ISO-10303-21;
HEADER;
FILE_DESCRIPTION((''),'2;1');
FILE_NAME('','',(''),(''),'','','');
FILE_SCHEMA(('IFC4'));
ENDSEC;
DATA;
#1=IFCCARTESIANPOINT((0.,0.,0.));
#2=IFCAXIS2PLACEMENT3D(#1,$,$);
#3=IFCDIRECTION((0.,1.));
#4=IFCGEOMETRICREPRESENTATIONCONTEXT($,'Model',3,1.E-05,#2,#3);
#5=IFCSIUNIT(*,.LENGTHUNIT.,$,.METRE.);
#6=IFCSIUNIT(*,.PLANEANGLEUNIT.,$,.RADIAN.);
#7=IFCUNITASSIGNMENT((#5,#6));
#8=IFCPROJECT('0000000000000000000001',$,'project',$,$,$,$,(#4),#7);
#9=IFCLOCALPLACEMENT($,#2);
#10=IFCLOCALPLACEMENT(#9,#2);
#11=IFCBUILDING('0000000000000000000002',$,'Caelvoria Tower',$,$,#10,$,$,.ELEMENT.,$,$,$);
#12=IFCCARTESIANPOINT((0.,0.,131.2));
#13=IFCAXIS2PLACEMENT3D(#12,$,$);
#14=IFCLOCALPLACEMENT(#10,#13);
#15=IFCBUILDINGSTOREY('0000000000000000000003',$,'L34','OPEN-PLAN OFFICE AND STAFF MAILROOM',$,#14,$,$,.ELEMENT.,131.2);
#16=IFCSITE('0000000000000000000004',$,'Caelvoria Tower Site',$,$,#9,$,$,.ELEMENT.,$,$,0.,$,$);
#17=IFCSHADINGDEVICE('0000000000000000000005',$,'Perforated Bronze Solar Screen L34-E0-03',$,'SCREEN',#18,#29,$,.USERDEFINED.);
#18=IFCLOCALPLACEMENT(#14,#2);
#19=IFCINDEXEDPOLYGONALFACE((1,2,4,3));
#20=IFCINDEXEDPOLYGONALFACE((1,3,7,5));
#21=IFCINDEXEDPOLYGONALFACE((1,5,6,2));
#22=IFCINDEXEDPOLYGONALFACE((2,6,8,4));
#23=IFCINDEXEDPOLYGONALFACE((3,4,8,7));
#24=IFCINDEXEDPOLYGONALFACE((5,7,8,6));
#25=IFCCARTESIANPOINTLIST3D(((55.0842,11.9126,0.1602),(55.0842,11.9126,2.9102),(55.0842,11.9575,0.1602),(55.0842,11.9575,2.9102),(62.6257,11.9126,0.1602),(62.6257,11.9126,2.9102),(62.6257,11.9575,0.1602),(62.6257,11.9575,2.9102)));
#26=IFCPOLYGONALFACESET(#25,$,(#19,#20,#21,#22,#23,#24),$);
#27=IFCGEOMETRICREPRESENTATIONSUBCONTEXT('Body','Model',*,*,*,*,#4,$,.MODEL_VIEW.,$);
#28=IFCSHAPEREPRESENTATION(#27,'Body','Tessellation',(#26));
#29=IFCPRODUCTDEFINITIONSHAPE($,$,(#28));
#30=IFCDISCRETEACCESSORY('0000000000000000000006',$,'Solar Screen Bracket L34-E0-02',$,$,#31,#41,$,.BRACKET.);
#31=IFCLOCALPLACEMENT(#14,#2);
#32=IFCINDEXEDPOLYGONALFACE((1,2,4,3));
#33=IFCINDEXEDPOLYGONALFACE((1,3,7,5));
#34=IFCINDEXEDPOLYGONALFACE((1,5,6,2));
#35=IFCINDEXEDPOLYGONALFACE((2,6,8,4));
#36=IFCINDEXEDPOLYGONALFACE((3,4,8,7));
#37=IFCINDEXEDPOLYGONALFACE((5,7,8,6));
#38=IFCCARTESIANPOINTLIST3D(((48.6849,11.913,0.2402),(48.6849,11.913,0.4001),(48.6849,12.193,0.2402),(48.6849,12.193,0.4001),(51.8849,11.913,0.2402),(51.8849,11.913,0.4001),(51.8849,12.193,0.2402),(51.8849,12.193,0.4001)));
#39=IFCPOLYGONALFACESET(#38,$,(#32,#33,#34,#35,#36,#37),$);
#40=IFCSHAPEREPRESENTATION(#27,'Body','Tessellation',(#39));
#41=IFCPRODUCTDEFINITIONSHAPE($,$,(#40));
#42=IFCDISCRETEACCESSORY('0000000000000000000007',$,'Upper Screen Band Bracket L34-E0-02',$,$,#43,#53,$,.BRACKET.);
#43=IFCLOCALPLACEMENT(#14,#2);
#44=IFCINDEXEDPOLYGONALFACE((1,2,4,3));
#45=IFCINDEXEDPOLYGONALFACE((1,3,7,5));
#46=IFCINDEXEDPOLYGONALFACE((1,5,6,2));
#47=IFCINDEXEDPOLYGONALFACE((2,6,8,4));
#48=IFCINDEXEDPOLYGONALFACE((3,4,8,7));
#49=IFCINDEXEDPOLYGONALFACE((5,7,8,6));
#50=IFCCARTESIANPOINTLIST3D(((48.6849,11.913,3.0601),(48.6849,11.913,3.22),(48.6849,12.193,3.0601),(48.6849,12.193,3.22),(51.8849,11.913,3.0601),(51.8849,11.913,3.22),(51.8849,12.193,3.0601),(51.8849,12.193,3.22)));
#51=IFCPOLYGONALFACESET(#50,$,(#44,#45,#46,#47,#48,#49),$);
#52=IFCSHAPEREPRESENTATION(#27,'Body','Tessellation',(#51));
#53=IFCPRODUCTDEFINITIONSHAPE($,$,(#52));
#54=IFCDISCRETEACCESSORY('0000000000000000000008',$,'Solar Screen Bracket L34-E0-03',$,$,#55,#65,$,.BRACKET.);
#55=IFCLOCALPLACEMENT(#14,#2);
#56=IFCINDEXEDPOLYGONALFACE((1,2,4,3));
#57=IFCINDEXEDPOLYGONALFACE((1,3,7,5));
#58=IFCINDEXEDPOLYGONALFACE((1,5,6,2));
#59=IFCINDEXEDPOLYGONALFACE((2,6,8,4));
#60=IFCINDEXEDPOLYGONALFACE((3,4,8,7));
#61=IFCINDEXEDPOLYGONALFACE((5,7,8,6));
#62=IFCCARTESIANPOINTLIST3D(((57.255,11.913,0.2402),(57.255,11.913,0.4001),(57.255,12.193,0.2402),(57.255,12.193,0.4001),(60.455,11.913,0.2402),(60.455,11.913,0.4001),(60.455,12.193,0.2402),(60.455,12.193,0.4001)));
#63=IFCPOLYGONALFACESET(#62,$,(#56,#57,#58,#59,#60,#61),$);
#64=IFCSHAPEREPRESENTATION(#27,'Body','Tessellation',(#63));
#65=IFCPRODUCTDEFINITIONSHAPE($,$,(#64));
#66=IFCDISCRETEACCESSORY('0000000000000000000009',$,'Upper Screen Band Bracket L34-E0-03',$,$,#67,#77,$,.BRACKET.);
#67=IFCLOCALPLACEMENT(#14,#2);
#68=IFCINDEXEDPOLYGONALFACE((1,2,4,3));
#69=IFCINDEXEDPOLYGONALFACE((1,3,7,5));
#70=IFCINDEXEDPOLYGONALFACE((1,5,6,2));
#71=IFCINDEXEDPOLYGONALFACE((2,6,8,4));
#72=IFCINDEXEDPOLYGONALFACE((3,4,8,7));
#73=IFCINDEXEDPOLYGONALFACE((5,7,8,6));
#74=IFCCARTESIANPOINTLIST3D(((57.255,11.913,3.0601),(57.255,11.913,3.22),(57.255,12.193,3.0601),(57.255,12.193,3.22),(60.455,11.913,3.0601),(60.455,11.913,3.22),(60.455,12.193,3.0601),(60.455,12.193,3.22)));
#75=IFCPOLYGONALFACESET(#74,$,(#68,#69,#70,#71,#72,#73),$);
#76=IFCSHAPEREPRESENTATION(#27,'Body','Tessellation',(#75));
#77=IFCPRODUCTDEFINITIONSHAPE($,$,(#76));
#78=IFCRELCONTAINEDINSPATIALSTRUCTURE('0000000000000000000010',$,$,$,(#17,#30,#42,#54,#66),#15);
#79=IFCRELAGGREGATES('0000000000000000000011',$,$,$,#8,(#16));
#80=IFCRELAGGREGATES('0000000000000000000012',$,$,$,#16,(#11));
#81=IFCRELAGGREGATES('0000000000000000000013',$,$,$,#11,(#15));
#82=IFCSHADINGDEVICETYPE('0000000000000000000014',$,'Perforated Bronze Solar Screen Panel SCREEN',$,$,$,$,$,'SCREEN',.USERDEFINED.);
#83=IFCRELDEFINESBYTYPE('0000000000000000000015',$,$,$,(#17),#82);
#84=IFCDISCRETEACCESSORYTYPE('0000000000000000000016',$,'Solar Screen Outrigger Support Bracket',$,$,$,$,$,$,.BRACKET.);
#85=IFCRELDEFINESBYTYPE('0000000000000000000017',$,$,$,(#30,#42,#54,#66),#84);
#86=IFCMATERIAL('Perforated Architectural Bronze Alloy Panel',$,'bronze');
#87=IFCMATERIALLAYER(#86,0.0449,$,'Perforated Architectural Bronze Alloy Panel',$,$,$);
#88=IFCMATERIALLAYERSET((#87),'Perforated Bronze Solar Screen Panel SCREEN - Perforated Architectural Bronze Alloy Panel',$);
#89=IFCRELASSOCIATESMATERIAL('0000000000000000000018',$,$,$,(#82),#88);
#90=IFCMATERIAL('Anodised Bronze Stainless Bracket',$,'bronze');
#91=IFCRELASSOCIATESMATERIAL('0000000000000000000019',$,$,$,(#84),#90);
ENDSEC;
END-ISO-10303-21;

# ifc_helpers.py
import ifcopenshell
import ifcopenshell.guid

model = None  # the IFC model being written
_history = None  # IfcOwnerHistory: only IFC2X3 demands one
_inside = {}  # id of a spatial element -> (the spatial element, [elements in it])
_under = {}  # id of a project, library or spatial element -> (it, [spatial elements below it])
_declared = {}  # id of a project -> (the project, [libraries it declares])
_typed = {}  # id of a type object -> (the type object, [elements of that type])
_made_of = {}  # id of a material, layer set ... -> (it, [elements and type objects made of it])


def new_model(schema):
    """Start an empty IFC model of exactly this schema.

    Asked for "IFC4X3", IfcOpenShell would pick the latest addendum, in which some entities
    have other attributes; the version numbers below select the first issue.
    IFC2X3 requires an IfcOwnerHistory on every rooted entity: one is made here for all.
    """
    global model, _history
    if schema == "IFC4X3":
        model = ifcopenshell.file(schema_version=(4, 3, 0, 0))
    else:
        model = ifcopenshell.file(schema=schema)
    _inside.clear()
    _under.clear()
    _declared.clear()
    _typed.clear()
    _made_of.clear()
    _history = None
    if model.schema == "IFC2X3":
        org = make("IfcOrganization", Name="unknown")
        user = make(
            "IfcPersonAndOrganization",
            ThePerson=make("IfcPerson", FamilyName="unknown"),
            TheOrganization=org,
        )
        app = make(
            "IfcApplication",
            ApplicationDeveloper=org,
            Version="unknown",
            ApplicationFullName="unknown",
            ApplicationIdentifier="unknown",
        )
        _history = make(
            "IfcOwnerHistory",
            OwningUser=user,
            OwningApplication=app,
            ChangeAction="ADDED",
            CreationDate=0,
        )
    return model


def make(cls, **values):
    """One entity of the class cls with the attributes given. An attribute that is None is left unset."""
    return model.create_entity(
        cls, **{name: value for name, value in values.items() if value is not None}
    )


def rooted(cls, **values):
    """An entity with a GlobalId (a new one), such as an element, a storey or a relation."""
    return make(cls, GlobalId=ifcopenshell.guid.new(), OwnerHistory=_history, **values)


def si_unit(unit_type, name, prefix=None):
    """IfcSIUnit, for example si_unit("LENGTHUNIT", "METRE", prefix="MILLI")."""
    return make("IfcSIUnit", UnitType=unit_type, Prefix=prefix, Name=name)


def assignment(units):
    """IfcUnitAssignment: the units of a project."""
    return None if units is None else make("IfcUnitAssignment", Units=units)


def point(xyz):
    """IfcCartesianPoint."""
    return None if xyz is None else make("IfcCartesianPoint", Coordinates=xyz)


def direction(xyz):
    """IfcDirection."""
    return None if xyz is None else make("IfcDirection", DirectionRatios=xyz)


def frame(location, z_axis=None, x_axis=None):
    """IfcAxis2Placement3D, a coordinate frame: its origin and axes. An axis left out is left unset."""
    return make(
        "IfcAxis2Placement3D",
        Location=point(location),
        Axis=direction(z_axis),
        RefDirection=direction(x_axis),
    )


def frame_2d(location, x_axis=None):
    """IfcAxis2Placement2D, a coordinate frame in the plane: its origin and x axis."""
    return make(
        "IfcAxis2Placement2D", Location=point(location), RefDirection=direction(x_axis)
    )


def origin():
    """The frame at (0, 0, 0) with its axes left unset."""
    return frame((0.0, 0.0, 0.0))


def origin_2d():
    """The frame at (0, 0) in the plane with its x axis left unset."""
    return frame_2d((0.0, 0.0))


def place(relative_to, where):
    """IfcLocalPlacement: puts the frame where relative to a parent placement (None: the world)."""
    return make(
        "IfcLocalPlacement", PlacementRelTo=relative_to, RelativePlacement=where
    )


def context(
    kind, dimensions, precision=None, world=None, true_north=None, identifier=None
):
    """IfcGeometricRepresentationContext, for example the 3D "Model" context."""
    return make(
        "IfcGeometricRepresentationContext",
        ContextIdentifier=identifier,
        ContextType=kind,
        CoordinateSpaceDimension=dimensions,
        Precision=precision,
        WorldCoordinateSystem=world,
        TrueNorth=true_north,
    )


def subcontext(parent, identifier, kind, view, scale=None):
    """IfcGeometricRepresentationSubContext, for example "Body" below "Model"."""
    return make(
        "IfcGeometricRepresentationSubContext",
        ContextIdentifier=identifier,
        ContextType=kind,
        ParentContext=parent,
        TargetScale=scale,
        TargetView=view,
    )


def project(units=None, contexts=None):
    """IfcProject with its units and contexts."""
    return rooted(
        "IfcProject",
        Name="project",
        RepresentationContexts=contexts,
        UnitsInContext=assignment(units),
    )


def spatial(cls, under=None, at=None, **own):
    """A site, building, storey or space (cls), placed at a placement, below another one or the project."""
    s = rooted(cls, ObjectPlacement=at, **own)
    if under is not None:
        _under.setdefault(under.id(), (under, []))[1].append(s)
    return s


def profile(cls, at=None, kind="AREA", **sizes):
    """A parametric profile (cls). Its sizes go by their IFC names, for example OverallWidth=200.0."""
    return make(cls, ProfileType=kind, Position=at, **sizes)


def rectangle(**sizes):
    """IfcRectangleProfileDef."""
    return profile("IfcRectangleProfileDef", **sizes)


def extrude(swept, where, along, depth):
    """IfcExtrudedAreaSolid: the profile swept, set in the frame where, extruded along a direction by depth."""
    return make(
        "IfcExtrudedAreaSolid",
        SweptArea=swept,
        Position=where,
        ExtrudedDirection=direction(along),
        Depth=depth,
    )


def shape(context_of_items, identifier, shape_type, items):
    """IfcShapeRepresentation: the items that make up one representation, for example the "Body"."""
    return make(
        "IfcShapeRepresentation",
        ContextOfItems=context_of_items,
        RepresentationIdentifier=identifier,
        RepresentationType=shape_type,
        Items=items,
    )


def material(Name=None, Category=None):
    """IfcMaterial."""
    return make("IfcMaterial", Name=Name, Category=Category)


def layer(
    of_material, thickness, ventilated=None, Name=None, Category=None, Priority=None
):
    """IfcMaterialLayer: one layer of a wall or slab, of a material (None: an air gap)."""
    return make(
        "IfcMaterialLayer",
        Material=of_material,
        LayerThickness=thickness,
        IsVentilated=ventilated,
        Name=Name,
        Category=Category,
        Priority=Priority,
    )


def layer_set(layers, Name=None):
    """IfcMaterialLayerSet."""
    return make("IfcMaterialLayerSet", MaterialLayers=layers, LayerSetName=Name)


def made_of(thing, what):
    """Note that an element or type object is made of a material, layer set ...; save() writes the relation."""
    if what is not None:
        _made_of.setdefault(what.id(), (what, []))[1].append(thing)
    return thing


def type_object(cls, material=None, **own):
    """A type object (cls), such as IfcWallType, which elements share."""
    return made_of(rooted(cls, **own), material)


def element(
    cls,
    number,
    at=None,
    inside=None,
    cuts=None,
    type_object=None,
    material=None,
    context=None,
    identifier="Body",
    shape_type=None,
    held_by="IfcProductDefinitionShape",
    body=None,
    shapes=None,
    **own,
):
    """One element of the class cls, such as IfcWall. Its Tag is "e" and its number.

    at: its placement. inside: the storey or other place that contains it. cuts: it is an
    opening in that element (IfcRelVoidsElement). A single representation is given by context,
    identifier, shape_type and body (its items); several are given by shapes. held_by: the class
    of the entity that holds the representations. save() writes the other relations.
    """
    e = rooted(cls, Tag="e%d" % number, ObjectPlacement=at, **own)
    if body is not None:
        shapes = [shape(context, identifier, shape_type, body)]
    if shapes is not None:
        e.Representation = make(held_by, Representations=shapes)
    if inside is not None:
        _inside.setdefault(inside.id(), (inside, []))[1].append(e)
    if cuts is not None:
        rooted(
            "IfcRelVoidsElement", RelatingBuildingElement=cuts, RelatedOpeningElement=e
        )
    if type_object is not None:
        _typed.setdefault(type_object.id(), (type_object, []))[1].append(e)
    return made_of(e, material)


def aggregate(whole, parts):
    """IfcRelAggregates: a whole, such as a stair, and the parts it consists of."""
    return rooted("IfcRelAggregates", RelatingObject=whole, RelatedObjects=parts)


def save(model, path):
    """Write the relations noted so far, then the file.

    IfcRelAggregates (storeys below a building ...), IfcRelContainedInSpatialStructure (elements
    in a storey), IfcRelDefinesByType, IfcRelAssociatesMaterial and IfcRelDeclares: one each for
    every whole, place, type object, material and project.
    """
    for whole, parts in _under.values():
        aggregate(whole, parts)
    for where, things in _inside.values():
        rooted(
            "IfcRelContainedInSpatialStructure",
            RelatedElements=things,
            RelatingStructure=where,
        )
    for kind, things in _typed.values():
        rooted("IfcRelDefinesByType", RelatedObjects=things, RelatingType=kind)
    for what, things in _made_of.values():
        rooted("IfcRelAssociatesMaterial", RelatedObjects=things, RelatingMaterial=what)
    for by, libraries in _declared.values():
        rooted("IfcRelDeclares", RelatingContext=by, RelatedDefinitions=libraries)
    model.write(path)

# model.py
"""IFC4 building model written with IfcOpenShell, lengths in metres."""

from ifc_helpers import new_model, si_unit, direction, frame, origin, origin_2d, place, context, subcontext, project, spatial, rectangle, extrude, material, layer, layer_set, type_object, element, save


model = new_model("IFC4")

# Units and contexts
model_context = context("Model", 3, precision=1e-05, world=origin(), true_north=direction((0.0, 1.0)))
body_context = subcontext(model_context, "Body", "Model", "MODEL_VIEW")
ifc_project = project(units=[si_unit("LENGTHUNIT", "METRE"), si_unit("PLANEANGLEUNIT", "RADIAN")], contexts=[model_context])

# Site, building, storey
site_placement = place(None, origin())
site = spatial("IfcSite", under=ifc_project, at=site_placement, Name="Caelvoria Tower Site", CompositionType="ELEMENT", RefElevation=0.0)
building_placement = place(site_placement, origin())
building = spatial("IfcBuilding", under=site, at=building_placement, Name="Caelvoria Tower", CompositionType="ELEMENT")
storey_placement = place(building_placement, frame((0.0, 0.0, 131.2)))
storey = spatial("IfcBuildingStorey", under=building, at=storey_placement, Name="L34", Description="OPEN-PLAN OFFICE AND STAFF MAILROOM", CompositionType="ELEMENT", Elevation=131.2)

# Shading device
ifc_material_1 = material(Name="Perforated Architectural Bronze Alloy Panel", Category="bronze")
ifc_layer_1 = layer(ifc_material_1, 0.0449, Name="Perforated Architectural Bronze Alloy Panel")
ifc_layer_set_1 = layer_set([ifc_layer_1], Name="Perforated Bronze Solar Screen Panel SCREEN - Perforated Architectural Bronze Alloy Panel")
shading_device_type = type_object("IfcShadingDeviceType", Name="Perforated Bronze Solar Screen Panel SCREEN", ElementType="SCREEN", PredefinedType="USERDEFINED", material=ifc_layer_set_1)
for number, where, z_axis, x_axis, name in (
    (1, (58.855, 11.9351, 0.1602), (0.0, 0.0, 1.0), (1.0, 0.0, 0.0), "Perforated Bronze Solar Screen L34-E0-03"),
):
    element("IfcShadingDevice", number, at=place(storey_placement, frame(where, z_axis=z_axis, x_axis=x_axis)), inside=storey, type_object=shading_device_type, Name=name, ObjectType="SCREEN", PredefinedType="USERDEFINED", context=body_context, shape_type="SweptSolid", body=[
        extrude(rectangle(XDim=7.5415, YDim=0.0449, at=origin_2d()), origin(), (0.0, 0.0, 1.0), 2.75),
    ])

# Discrete accessories
ifc_material_2 = material(Name="Anodised Bronze Stainless Bracket", Category="bronze")
discrete_accessory_type = type_object("IfcDiscreteAccessoryType", Name="Solar Screen Outrigger Support Bracket", PredefinedType="BRACKET", material=ifc_material_2)
for number, where, z_axis, x_axis, name in (
    (2, (50.2849, 12.053, 0.2402), (0.0, 0.0, 1.0), (1.0, 0.0, 0.0), "Solar Screen Bracket L34-E0-02"),
    (3, (50.2849, 12.053, 3.0601), (0.0, 0.0, 1.0), (1.0, 0.0, 0.0), "Upper Screen Band Bracket L34-E0-02"),
    (4, (58.855, 12.053, 0.2402), (0.0, 0.0, 1.0), (1.0, 0.0, 0.0), "Solar Screen Bracket L34-E0-03"),
    (5, (58.855, 12.053, 3.0601), (0.0, 0.0, 1.0), (1.0, 0.0, 0.0), "Upper Screen Band Bracket L34-E0-03"),
):
    element("IfcDiscreteAccessory", number, at=place(storey_placement, frame(where, z_axis=z_axis, x_axis=x_axis)), inside=storey, type_object=discrete_accessory_type, Name=name, PredefinedType="BRACKET", context=body_context, shape_type="SweptSolid", body=[
        extrude(rectangle(XDim=3.2, YDim=0.28, at=origin_2d()), origin(), (0.0, 0.0, 1.0), 0.1599),
    ])

save(model, "model.ifc")
